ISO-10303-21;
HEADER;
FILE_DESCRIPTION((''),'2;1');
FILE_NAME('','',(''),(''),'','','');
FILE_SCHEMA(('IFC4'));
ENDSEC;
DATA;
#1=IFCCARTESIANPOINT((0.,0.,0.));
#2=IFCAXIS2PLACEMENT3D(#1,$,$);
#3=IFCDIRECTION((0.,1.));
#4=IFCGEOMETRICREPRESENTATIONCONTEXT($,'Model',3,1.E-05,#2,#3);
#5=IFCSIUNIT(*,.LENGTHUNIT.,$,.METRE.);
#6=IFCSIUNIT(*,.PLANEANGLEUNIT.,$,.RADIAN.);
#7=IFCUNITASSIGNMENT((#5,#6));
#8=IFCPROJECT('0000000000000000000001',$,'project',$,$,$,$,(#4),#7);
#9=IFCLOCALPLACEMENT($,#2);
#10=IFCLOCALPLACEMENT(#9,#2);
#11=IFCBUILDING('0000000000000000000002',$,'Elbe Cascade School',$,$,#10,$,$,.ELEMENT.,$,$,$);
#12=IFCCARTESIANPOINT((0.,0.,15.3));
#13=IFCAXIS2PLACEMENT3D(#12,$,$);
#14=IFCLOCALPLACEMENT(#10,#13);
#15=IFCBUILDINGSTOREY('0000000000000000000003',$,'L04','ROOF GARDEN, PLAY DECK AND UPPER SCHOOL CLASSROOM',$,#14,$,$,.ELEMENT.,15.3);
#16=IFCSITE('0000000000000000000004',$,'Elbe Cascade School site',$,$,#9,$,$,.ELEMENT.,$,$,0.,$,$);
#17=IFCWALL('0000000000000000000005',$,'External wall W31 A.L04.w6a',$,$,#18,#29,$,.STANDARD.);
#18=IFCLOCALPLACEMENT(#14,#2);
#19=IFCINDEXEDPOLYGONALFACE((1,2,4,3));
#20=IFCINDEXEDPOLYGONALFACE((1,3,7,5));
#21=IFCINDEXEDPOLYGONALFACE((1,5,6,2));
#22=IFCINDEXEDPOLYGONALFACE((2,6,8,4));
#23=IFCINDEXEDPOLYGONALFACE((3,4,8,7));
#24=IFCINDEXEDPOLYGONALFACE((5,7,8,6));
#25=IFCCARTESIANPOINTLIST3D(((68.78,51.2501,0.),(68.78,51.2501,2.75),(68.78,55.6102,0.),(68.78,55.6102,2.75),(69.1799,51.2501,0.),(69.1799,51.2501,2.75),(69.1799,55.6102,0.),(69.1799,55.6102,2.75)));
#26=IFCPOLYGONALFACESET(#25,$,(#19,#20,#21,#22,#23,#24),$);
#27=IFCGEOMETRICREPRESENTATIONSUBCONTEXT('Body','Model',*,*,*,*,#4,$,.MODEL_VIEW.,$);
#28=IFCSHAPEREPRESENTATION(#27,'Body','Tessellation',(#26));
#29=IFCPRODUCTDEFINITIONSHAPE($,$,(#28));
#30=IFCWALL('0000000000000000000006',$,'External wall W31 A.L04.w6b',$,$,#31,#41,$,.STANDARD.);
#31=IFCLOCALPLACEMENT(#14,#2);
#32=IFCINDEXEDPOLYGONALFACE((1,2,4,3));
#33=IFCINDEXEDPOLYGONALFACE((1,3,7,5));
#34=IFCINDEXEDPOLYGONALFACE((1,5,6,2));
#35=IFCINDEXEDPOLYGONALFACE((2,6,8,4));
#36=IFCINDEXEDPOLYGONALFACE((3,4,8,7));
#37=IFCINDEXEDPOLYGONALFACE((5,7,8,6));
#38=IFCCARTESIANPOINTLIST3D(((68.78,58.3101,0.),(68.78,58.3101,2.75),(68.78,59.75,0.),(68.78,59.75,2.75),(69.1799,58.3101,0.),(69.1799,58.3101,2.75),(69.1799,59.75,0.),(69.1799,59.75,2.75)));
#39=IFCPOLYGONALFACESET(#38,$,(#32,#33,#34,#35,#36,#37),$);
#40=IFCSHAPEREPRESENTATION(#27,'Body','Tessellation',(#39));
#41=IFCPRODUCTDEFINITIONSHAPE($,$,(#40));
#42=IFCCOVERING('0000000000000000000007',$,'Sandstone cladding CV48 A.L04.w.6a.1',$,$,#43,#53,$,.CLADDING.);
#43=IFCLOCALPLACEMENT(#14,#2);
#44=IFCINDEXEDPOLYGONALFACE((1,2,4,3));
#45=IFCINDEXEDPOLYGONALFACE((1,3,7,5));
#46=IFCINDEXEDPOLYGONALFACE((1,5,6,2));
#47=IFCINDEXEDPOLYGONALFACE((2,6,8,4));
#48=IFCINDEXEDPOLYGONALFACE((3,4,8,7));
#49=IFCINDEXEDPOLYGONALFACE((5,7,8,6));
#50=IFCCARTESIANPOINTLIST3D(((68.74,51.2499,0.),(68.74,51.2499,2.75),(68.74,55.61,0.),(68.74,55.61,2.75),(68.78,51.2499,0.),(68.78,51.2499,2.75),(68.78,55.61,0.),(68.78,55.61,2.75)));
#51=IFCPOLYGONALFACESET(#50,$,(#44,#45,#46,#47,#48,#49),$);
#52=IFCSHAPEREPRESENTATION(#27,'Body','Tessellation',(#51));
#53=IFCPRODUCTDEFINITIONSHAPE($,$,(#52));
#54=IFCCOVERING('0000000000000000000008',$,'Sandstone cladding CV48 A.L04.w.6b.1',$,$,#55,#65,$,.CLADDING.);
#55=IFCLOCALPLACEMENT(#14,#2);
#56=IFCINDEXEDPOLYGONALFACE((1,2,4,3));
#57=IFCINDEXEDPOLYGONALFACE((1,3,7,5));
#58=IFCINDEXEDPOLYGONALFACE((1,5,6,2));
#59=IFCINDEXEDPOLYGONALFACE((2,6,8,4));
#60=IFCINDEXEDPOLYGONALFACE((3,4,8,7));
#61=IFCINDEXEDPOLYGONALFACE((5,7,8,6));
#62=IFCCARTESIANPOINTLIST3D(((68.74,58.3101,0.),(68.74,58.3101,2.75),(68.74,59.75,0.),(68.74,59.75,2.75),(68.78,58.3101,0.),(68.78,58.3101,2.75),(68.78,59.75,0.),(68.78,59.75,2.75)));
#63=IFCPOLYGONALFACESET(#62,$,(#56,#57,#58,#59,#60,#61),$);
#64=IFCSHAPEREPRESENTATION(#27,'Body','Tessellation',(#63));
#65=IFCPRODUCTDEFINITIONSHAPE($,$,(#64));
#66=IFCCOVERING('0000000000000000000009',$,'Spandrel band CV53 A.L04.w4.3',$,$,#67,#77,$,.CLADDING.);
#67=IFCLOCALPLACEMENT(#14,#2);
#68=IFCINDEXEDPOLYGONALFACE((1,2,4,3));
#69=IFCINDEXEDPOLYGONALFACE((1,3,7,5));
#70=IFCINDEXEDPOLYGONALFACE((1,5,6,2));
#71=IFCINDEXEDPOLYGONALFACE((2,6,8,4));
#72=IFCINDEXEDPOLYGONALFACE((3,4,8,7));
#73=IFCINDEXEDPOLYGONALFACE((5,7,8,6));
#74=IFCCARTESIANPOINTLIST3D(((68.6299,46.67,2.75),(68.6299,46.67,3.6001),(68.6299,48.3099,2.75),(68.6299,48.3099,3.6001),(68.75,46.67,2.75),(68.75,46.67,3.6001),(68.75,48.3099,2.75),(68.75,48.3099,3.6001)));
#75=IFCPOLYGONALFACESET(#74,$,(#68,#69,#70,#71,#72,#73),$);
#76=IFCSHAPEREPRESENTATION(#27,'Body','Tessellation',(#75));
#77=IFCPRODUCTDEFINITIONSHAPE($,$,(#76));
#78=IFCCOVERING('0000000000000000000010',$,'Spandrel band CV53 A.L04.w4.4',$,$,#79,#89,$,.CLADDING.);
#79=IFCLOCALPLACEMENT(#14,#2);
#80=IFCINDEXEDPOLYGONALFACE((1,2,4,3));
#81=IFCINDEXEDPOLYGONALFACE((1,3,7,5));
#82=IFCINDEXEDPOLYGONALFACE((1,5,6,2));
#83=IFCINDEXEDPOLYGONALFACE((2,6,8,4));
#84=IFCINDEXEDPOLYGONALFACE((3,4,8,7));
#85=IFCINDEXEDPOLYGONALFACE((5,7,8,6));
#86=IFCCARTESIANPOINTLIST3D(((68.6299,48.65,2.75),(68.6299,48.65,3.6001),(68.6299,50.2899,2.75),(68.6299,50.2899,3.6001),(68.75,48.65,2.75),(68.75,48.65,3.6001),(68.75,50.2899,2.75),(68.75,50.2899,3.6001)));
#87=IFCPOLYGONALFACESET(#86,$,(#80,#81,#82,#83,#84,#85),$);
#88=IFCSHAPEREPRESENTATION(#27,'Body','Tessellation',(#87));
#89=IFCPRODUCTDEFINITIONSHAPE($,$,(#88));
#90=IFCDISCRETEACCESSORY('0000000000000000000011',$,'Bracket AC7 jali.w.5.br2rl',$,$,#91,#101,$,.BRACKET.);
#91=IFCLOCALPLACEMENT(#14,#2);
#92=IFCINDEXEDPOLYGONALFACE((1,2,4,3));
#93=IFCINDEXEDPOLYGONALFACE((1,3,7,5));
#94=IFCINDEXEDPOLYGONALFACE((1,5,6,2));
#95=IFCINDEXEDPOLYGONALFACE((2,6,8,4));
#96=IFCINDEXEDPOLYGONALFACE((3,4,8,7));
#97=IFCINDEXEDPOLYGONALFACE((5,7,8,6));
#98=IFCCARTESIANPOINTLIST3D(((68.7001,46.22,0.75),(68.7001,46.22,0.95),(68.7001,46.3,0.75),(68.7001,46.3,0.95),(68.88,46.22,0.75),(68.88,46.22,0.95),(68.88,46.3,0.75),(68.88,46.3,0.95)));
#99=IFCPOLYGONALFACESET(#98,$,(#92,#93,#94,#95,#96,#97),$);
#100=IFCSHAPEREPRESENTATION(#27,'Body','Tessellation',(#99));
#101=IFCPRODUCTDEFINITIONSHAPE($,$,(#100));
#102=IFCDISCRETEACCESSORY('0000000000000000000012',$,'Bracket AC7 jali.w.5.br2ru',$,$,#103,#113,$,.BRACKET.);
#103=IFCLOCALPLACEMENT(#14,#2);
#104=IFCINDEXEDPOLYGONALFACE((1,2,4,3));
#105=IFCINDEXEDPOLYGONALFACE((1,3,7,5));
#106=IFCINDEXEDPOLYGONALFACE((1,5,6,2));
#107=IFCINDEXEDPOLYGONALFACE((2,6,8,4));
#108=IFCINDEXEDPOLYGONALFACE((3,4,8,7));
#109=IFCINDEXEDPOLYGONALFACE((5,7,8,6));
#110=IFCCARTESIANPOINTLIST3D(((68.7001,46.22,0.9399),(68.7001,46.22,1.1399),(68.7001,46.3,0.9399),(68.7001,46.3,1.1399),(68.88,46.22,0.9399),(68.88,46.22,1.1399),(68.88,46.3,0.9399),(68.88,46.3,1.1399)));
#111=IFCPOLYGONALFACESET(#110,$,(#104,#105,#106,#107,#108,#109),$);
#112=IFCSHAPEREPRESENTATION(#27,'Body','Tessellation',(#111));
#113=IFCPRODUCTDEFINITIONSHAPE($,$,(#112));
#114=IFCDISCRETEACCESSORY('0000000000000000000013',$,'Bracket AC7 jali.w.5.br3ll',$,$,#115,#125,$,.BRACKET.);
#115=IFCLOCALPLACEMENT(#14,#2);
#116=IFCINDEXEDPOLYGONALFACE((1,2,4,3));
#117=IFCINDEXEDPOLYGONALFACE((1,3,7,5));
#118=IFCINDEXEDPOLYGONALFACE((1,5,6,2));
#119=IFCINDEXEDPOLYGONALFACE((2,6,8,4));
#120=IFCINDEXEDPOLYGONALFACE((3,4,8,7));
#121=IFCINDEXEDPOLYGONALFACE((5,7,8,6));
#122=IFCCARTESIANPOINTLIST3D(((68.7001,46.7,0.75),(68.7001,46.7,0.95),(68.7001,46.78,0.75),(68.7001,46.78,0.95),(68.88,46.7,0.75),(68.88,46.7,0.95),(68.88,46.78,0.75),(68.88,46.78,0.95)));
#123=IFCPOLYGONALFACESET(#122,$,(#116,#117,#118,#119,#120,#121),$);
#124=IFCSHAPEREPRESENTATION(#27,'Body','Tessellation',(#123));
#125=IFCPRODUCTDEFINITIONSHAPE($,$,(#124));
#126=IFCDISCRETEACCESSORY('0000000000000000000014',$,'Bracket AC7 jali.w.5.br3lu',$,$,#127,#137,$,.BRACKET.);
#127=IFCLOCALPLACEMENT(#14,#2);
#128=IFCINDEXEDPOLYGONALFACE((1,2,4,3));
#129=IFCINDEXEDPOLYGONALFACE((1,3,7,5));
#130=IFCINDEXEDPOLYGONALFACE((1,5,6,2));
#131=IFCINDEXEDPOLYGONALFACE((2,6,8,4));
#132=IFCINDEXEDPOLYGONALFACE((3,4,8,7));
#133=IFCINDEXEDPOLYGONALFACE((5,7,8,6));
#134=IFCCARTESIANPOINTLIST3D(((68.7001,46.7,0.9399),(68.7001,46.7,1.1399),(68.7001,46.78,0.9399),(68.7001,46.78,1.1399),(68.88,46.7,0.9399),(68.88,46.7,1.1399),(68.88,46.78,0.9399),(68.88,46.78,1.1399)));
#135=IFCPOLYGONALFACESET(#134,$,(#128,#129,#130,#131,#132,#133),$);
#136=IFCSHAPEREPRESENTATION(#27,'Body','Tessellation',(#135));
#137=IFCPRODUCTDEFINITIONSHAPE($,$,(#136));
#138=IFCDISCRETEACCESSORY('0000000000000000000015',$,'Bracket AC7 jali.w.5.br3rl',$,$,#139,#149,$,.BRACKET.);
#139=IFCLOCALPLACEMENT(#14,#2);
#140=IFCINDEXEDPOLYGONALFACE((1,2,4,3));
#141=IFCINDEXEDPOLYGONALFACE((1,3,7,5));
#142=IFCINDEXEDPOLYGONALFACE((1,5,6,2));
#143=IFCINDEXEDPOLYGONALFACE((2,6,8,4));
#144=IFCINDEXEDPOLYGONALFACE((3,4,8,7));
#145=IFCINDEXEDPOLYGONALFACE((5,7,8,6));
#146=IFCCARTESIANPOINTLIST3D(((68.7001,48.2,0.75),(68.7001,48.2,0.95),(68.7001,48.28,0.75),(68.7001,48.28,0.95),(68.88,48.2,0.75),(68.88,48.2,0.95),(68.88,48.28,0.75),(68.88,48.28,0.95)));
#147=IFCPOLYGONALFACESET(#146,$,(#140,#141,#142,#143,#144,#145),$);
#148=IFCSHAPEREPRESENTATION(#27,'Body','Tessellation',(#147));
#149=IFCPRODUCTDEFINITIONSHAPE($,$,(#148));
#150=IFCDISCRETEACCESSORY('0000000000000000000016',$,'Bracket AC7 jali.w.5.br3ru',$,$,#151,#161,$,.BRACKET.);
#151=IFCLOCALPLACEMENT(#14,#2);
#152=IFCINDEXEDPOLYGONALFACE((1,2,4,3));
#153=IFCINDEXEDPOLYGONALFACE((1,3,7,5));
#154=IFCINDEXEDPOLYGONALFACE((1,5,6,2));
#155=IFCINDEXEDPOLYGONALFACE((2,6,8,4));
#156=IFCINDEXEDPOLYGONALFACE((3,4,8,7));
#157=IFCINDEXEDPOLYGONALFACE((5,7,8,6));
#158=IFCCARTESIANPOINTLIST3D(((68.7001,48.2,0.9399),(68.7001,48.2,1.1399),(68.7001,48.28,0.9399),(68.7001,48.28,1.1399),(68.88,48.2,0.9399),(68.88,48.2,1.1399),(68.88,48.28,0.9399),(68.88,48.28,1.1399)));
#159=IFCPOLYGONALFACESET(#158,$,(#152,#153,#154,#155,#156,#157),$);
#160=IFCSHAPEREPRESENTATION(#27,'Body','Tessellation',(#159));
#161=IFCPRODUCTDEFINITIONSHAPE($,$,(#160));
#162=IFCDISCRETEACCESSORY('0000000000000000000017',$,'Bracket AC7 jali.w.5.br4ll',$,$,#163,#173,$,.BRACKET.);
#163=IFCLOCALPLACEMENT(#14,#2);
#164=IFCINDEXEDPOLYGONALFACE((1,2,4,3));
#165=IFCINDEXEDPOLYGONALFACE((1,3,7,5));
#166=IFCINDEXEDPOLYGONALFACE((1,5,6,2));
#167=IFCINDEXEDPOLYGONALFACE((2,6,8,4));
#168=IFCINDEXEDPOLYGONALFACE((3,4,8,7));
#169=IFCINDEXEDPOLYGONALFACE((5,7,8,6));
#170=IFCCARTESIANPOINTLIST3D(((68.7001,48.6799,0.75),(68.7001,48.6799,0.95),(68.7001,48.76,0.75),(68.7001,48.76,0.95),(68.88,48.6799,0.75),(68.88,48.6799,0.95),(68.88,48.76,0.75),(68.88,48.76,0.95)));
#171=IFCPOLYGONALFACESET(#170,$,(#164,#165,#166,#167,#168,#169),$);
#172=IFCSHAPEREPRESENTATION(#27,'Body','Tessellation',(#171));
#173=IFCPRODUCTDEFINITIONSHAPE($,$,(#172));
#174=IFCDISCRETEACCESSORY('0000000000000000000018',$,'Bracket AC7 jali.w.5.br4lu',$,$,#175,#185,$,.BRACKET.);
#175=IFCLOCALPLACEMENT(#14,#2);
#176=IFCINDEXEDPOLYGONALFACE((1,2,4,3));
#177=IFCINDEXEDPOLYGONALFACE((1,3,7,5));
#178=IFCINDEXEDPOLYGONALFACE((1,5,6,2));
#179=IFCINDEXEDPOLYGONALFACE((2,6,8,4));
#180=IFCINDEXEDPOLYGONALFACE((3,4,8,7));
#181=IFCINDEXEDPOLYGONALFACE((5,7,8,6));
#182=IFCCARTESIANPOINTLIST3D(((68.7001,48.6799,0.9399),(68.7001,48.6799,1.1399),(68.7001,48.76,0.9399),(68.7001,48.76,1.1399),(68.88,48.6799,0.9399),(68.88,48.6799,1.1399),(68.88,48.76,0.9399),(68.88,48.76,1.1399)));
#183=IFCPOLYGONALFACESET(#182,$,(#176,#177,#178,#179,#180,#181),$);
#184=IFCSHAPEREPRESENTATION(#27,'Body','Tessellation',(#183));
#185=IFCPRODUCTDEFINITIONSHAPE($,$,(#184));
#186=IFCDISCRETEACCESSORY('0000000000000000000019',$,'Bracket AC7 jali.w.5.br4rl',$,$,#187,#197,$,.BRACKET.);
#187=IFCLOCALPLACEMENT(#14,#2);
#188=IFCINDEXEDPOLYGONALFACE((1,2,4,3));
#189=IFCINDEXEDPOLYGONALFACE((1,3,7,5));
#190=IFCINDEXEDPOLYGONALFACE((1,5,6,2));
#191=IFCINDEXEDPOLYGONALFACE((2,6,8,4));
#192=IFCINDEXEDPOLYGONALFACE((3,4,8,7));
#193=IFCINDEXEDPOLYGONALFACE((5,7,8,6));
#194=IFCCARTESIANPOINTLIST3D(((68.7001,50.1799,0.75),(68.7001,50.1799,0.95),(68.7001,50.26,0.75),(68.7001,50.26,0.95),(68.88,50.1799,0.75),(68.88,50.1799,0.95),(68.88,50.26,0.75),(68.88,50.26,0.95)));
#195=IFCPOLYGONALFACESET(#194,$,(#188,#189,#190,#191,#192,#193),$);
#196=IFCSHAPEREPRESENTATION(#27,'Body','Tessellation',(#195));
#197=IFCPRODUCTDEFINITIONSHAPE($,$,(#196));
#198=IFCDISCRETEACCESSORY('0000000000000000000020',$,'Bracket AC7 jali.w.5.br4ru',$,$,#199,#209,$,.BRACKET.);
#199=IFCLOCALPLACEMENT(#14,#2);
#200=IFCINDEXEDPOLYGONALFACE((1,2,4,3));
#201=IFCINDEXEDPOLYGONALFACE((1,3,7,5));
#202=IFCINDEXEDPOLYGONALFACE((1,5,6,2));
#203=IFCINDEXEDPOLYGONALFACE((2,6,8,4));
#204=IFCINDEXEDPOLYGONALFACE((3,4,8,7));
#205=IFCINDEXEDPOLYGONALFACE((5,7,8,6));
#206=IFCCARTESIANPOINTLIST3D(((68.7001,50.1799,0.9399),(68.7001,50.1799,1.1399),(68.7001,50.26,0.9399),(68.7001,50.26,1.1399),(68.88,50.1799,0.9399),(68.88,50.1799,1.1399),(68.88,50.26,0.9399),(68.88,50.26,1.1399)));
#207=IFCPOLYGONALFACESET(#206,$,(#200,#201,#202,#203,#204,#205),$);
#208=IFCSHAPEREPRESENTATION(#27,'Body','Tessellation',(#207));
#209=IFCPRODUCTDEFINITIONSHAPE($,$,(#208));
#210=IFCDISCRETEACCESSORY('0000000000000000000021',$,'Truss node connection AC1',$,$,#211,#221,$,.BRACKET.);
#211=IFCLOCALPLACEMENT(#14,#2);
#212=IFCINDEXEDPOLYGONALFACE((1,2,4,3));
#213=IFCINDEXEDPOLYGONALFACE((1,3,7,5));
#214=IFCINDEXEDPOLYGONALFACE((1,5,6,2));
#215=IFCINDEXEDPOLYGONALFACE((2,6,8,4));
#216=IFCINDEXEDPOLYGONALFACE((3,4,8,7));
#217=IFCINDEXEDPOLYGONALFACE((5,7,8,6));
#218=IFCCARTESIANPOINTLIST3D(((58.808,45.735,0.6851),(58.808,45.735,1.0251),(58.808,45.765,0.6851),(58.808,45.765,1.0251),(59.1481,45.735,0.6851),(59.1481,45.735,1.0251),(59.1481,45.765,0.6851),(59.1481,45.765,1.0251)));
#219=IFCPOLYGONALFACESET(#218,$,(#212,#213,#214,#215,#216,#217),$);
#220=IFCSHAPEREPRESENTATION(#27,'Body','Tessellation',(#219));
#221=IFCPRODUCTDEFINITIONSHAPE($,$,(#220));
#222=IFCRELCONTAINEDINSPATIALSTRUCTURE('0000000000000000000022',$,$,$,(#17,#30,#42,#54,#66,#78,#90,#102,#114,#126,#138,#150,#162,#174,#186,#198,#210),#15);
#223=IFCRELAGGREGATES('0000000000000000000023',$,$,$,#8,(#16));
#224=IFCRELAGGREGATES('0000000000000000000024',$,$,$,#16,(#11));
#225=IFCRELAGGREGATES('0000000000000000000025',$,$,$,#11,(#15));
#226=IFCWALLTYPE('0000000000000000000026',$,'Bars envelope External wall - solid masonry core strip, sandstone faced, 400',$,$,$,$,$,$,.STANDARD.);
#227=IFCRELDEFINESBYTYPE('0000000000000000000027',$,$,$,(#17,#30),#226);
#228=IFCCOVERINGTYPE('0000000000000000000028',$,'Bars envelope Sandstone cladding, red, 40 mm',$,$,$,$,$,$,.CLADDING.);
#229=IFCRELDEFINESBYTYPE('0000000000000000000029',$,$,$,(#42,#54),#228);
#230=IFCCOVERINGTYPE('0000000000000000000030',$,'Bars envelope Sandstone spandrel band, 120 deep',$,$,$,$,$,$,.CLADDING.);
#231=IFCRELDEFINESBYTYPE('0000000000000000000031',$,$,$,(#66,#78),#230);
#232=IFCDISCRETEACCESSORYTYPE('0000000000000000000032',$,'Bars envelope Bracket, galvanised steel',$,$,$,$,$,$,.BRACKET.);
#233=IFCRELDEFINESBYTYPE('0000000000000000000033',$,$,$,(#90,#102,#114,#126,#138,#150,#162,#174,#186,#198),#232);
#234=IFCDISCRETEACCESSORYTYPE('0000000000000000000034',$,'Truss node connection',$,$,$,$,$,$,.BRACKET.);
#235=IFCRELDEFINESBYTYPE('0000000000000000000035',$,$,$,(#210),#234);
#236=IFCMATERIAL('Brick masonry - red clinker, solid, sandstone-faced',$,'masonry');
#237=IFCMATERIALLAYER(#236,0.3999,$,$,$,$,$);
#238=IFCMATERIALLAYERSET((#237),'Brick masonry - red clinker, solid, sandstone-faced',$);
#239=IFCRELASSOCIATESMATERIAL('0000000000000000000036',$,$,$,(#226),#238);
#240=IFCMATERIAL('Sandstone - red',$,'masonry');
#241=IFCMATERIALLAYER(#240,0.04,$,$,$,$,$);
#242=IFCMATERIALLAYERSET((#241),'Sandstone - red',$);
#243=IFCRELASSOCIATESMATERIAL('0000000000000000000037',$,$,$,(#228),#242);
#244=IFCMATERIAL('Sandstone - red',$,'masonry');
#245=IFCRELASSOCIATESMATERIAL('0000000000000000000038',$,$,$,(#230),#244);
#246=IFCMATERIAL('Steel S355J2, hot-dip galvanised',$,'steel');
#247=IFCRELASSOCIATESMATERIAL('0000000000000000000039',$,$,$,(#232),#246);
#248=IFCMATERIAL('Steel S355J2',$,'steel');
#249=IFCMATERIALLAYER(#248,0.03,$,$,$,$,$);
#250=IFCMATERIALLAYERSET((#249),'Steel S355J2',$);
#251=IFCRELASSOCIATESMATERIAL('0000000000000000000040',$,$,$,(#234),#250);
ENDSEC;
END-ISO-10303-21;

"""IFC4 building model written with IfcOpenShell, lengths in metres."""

from ifc_helpers import new_model, si_unit, direction, frame, frame_2d, origin, origin_2d, place, context, subcontext, project, spatial, rectangle, extrude, material, layer, layer_set, type_object, element, save


model = new_model("IFC4")

# Units and contexts
model_context = context("Model", 3, precision=1e-05, world=origin(), true_north=direction((0.0, 1.0)))
body_context = subcontext(model_context, "Body", "Model", "MODEL_VIEW")
ifc_project = project(units=[si_unit("LENGTHUNIT", "METRE"), si_unit("PLANEANGLEUNIT", "RADIAN")], contexts=[model_context])

# Site, building, storey
site_placement = place(None, origin())
site = spatial("IfcSite", under=ifc_project, at=site_placement, Name="Elbe Cascade School site", CompositionType="ELEMENT", RefElevation=0.0)
building_placement = place(site_placement, origin())
building = spatial("IfcBuilding", under=site, at=building_placement, Name="Elbe Cascade School", CompositionType="ELEMENT")
storey_placement = place(building_placement, frame((0.0, 0.0, 15.3)))
storey = spatial("IfcBuildingStorey", under=building, at=storey_placement, Name="L04", Description="ROOF GARDEN, PLAY DECK AND UPPER SCHOOL CLASSROOM", CompositionType="ELEMENT", Elevation=15.3)

# Walls
ifc_material_1 = material(Name="Brick masonry - red clinker, solid, sandstone-faced", Category="masonry")
ifc_layer_1 = layer(ifc_material_1, 0.3999)
ifc_layer_set_1 = layer_set([ifc_layer_1], Name="Brick masonry - red clinker, solid, sandstone-faced")
wall_type = type_object("IfcWallType", Name="Bars envelope External wall - solid masonry core strip, sandstone faced, 400", PredefinedType="STANDARD", material=ifc_layer_set_1)
wall_1_placement = place(storey_placement, frame((68.98, 51.25, 0.0), z_axis=(0.0, 0.0, 1.0), x_axis=(0.0, 1.0, 0.0)))
element("IfcWall", 1, at=wall_1_placement, inside=storey, type_object=wall_type, Name="External wall W31 A.L04.w6a", PredefinedType="STANDARD", context=body_context, shape_type="SweptSolid", body=[
    extrude(rectangle(XDim=4.3601, YDim=0.3999, at=frame_2d((2.1802, 0.0))), origin(), (0.0, 0.0, 1.0), 2.75),
])
wall_2_placement = place(storey_placement, frame((68.98, 58.3101, 0.0), z_axis=(0.0, 0.0, 1.0), x_axis=(0.0, 1.0, 0.0)))
element("IfcWall", 2, at=wall_2_placement, inside=storey, type_object=wall_type, Name="External wall W31 A.L04.w6b", PredefinedType="STANDARD", context=body_context, shape_type="SweptSolid", body=[
    extrude(rectangle(XDim=1.4399, YDim=0.3999, at=frame_2d((0.72, 0.0))), origin(), (0.0, 0.0, 1.0), 2.75),
])

# Coverings
ifc_material_2 = material(Name="Sandstone - red", Category="masonry")
ifc_layer_2 = layer(ifc_material_2, 0.04)
ifc_layer_set_2 = layer_set([ifc_layer_2], Name="Sandstone - red")
covering_type_1 = type_object("IfcCoveringType", Name="Bars envelope Sandstone cladding, red, 40 mm", PredefinedType="CLADDING", material=ifc_layer_set_2)
covering_1_placement = place(storey_placement, frame((68.76, 53.4299, 0.0), z_axis=(0.0, 0.0, 1.0), x_axis=(0.0, 1.0, 0.0)))
element("IfcCovering", 3, at=covering_1_placement, inside=storey, type_object=covering_type_1, Name="Sandstone cladding CV48 A.L04.w.6a.1", PredefinedType="CLADDING", context=body_context, shape_type="SweptSolid", body=[
    extrude(rectangle(XDim=4.3601, YDim=0.04, at=origin_2d()), origin(), (0.0, 0.0, 1.0), 2.75),
])
covering_2_placement = place(storey_placement, frame((68.76, 59.03, 0.0), z_axis=(0.0, 0.0, 1.0), x_axis=(0.0, 1.0, 0.0)))
element("IfcCovering", 4, at=covering_2_placement, inside=storey, type_object=covering_type_1, Name="Sandstone cladding CV48 A.L04.w.6b.1", PredefinedType="CLADDING", context=body_context, shape_type="SweptSolid", body=[
    extrude(rectangle(XDim=1.4399, YDim=0.04, at=origin_2d()), origin(), (0.0, 0.0, 1.0), 2.75),
])
ifc_material_3 = material(Name="Sandstone - red", Category="masonry")
covering_type_2 = type_object("IfcCoveringType", Name="Bars envelope Sandstone spandrel band, 120 deep", PredefinedType="CLADDING", material=ifc_material_3)
for number, where, z_axis, x_axis, name in (
    (5, (68.6899, 47.49, 2.75), (0.0, 0.0, 1.0), (0.0, 1.0, 0.0), "Spandrel band CV53 A.L04.w4.3"),
    (6, (68.6899, 49.47, 2.75), (0.0, 0.0, 1.0), (0.0, 1.0, 0.0), "Spandrel band CV53 A.L04.w4.4"),
):
    element("IfcCovering", number, at=place(storey_placement, frame(where, z_axis=z_axis, x_axis=x_axis)), inside=storey, type_object=covering_type_2, Name=name, PredefinedType="CLADDING", context=body_context, shape_type="SweptSolid", body=[
        extrude(rectangle(XDim=1.6399, YDim=0.1201, at=origin_2d()), origin(), (0.0, 0.0, 1.0), 0.8501),
    ])

# Discrete accessories
ifc_material_4 = material(Name="Steel S355J2, hot-dip galvanised", Category="steel")
discrete_accessory_type_1 = type_object("IfcDiscreteAccessoryType", Name="Bars envelope Bracket, galvanised steel", PredefinedType="BRACKET", material=ifc_material_4)
for number, where, z_axis, x_axis, name in (
    (7, (68.79, 46.26, 0.75), (0.0, 0.0, 1.0), (0.0, 1.0, 0.0), "Bracket AC7 jali.w.5.br2rl"),
    (8, (68.79, 46.26, 0.9399), (0.0, 0.0, 1.0), (0.0, 1.0, 0.0), "Bracket AC7 jali.w.5.br2ru"),
    (9, (68.79, 46.74, 0.75), (0.0, 0.0, 1.0), (0.0, 1.0, 0.0), "Bracket AC7 jali.w.5.br3ll"),
    (10, (68.79, 46.74, 0.9399), (0.0, 0.0, 1.0), (0.0, 1.0, 0.0), "Bracket AC7 jali.w.5.br3lu"),
    (11, (68.79, 48.24, 0.75), (0.0, 0.0, 1.0), (0.0, 1.0, 0.0), "Bracket AC7 jali.w.5.br3rl"),
    (12, (68.79, 48.24, 0.9399), (0.0, 0.0, 1.0), (0.0, 1.0, 0.0), "Bracket AC7 jali.w.5.br3ru"),
    (13, (68.79, 48.72, 0.75), (0.0, 0.0, 1.0), (0.0, 1.0, 0.0), "Bracket AC7 jali.w.5.br4ll"),
    (14, (68.79, 48.72, 0.9399), (0.0, 0.0, 1.0), (0.0, 1.0, 0.0), "Bracket AC7 jali.w.5.br4lu"),
    (15, (68.79, 50.22, 0.75), (0.0, 0.0, 1.0), (0.0, 1.0, 0.0), "Bracket AC7 jali.w.5.br4rl"),
    (16, (68.79, 50.22, 0.9399), (0.0, 0.0, 1.0), (0.0, 1.0, 0.0), "Bracket AC7 jali.w.5.br4ru"),
):
    element("IfcDiscreteAccessory", number, at=place(storey_placement, frame(where, z_axis=z_axis, x_axis=x_axis)), inside=storey, type_object=discrete_accessory_type_1, Name=name, PredefinedType="BRACKET", context=body_context, shape_type="SweptSolid", body=[
        extrude(rectangle(XDim=0.0801, YDim=0.1799, at=origin_2d()), origin(), (0.0, 0.0, 1.0), 0.2),
    ])
ifc_material_5 = material(Name="Steel S355J2", Category="steel")
ifc_layer_3 = layer(ifc_material_5, 0.03)
ifc_layer_set_3 = layer_set([ifc_layer_3], Name="Steel S355J2")
discrete_accessory_type_2 = type_object("IfcDiscreteAccessoryType", Name="Truss node connection", PredefinedType="BRACKET", material=ifc_layer_set_3)
for number, where, z_axis, x_axis, name in (
    (17, (58.978, 45.75, 0.6851), (0.0, 0.0, 1.0), (1.0, 0.0, 0.0), "Truss node connection AC1"),
):
    element("IfcDiscreteAccessory", number, at=place(storey_placement, frame(where, z_axis=z_axis, x_axis=x_axis)), inside=storey, type_object=discrete_accessory_type_2, Name=name, PredefinedType="BRACKET", context=body_context, shape_type="SweptSolid", body=[
        extrude(rectangle(XDim=0.3401, YDim=0.03, at=origin_2d()), origin(), (0.0, 0.0, 1.0), 0.3401),
    ])

save(model, "model.ifc")
